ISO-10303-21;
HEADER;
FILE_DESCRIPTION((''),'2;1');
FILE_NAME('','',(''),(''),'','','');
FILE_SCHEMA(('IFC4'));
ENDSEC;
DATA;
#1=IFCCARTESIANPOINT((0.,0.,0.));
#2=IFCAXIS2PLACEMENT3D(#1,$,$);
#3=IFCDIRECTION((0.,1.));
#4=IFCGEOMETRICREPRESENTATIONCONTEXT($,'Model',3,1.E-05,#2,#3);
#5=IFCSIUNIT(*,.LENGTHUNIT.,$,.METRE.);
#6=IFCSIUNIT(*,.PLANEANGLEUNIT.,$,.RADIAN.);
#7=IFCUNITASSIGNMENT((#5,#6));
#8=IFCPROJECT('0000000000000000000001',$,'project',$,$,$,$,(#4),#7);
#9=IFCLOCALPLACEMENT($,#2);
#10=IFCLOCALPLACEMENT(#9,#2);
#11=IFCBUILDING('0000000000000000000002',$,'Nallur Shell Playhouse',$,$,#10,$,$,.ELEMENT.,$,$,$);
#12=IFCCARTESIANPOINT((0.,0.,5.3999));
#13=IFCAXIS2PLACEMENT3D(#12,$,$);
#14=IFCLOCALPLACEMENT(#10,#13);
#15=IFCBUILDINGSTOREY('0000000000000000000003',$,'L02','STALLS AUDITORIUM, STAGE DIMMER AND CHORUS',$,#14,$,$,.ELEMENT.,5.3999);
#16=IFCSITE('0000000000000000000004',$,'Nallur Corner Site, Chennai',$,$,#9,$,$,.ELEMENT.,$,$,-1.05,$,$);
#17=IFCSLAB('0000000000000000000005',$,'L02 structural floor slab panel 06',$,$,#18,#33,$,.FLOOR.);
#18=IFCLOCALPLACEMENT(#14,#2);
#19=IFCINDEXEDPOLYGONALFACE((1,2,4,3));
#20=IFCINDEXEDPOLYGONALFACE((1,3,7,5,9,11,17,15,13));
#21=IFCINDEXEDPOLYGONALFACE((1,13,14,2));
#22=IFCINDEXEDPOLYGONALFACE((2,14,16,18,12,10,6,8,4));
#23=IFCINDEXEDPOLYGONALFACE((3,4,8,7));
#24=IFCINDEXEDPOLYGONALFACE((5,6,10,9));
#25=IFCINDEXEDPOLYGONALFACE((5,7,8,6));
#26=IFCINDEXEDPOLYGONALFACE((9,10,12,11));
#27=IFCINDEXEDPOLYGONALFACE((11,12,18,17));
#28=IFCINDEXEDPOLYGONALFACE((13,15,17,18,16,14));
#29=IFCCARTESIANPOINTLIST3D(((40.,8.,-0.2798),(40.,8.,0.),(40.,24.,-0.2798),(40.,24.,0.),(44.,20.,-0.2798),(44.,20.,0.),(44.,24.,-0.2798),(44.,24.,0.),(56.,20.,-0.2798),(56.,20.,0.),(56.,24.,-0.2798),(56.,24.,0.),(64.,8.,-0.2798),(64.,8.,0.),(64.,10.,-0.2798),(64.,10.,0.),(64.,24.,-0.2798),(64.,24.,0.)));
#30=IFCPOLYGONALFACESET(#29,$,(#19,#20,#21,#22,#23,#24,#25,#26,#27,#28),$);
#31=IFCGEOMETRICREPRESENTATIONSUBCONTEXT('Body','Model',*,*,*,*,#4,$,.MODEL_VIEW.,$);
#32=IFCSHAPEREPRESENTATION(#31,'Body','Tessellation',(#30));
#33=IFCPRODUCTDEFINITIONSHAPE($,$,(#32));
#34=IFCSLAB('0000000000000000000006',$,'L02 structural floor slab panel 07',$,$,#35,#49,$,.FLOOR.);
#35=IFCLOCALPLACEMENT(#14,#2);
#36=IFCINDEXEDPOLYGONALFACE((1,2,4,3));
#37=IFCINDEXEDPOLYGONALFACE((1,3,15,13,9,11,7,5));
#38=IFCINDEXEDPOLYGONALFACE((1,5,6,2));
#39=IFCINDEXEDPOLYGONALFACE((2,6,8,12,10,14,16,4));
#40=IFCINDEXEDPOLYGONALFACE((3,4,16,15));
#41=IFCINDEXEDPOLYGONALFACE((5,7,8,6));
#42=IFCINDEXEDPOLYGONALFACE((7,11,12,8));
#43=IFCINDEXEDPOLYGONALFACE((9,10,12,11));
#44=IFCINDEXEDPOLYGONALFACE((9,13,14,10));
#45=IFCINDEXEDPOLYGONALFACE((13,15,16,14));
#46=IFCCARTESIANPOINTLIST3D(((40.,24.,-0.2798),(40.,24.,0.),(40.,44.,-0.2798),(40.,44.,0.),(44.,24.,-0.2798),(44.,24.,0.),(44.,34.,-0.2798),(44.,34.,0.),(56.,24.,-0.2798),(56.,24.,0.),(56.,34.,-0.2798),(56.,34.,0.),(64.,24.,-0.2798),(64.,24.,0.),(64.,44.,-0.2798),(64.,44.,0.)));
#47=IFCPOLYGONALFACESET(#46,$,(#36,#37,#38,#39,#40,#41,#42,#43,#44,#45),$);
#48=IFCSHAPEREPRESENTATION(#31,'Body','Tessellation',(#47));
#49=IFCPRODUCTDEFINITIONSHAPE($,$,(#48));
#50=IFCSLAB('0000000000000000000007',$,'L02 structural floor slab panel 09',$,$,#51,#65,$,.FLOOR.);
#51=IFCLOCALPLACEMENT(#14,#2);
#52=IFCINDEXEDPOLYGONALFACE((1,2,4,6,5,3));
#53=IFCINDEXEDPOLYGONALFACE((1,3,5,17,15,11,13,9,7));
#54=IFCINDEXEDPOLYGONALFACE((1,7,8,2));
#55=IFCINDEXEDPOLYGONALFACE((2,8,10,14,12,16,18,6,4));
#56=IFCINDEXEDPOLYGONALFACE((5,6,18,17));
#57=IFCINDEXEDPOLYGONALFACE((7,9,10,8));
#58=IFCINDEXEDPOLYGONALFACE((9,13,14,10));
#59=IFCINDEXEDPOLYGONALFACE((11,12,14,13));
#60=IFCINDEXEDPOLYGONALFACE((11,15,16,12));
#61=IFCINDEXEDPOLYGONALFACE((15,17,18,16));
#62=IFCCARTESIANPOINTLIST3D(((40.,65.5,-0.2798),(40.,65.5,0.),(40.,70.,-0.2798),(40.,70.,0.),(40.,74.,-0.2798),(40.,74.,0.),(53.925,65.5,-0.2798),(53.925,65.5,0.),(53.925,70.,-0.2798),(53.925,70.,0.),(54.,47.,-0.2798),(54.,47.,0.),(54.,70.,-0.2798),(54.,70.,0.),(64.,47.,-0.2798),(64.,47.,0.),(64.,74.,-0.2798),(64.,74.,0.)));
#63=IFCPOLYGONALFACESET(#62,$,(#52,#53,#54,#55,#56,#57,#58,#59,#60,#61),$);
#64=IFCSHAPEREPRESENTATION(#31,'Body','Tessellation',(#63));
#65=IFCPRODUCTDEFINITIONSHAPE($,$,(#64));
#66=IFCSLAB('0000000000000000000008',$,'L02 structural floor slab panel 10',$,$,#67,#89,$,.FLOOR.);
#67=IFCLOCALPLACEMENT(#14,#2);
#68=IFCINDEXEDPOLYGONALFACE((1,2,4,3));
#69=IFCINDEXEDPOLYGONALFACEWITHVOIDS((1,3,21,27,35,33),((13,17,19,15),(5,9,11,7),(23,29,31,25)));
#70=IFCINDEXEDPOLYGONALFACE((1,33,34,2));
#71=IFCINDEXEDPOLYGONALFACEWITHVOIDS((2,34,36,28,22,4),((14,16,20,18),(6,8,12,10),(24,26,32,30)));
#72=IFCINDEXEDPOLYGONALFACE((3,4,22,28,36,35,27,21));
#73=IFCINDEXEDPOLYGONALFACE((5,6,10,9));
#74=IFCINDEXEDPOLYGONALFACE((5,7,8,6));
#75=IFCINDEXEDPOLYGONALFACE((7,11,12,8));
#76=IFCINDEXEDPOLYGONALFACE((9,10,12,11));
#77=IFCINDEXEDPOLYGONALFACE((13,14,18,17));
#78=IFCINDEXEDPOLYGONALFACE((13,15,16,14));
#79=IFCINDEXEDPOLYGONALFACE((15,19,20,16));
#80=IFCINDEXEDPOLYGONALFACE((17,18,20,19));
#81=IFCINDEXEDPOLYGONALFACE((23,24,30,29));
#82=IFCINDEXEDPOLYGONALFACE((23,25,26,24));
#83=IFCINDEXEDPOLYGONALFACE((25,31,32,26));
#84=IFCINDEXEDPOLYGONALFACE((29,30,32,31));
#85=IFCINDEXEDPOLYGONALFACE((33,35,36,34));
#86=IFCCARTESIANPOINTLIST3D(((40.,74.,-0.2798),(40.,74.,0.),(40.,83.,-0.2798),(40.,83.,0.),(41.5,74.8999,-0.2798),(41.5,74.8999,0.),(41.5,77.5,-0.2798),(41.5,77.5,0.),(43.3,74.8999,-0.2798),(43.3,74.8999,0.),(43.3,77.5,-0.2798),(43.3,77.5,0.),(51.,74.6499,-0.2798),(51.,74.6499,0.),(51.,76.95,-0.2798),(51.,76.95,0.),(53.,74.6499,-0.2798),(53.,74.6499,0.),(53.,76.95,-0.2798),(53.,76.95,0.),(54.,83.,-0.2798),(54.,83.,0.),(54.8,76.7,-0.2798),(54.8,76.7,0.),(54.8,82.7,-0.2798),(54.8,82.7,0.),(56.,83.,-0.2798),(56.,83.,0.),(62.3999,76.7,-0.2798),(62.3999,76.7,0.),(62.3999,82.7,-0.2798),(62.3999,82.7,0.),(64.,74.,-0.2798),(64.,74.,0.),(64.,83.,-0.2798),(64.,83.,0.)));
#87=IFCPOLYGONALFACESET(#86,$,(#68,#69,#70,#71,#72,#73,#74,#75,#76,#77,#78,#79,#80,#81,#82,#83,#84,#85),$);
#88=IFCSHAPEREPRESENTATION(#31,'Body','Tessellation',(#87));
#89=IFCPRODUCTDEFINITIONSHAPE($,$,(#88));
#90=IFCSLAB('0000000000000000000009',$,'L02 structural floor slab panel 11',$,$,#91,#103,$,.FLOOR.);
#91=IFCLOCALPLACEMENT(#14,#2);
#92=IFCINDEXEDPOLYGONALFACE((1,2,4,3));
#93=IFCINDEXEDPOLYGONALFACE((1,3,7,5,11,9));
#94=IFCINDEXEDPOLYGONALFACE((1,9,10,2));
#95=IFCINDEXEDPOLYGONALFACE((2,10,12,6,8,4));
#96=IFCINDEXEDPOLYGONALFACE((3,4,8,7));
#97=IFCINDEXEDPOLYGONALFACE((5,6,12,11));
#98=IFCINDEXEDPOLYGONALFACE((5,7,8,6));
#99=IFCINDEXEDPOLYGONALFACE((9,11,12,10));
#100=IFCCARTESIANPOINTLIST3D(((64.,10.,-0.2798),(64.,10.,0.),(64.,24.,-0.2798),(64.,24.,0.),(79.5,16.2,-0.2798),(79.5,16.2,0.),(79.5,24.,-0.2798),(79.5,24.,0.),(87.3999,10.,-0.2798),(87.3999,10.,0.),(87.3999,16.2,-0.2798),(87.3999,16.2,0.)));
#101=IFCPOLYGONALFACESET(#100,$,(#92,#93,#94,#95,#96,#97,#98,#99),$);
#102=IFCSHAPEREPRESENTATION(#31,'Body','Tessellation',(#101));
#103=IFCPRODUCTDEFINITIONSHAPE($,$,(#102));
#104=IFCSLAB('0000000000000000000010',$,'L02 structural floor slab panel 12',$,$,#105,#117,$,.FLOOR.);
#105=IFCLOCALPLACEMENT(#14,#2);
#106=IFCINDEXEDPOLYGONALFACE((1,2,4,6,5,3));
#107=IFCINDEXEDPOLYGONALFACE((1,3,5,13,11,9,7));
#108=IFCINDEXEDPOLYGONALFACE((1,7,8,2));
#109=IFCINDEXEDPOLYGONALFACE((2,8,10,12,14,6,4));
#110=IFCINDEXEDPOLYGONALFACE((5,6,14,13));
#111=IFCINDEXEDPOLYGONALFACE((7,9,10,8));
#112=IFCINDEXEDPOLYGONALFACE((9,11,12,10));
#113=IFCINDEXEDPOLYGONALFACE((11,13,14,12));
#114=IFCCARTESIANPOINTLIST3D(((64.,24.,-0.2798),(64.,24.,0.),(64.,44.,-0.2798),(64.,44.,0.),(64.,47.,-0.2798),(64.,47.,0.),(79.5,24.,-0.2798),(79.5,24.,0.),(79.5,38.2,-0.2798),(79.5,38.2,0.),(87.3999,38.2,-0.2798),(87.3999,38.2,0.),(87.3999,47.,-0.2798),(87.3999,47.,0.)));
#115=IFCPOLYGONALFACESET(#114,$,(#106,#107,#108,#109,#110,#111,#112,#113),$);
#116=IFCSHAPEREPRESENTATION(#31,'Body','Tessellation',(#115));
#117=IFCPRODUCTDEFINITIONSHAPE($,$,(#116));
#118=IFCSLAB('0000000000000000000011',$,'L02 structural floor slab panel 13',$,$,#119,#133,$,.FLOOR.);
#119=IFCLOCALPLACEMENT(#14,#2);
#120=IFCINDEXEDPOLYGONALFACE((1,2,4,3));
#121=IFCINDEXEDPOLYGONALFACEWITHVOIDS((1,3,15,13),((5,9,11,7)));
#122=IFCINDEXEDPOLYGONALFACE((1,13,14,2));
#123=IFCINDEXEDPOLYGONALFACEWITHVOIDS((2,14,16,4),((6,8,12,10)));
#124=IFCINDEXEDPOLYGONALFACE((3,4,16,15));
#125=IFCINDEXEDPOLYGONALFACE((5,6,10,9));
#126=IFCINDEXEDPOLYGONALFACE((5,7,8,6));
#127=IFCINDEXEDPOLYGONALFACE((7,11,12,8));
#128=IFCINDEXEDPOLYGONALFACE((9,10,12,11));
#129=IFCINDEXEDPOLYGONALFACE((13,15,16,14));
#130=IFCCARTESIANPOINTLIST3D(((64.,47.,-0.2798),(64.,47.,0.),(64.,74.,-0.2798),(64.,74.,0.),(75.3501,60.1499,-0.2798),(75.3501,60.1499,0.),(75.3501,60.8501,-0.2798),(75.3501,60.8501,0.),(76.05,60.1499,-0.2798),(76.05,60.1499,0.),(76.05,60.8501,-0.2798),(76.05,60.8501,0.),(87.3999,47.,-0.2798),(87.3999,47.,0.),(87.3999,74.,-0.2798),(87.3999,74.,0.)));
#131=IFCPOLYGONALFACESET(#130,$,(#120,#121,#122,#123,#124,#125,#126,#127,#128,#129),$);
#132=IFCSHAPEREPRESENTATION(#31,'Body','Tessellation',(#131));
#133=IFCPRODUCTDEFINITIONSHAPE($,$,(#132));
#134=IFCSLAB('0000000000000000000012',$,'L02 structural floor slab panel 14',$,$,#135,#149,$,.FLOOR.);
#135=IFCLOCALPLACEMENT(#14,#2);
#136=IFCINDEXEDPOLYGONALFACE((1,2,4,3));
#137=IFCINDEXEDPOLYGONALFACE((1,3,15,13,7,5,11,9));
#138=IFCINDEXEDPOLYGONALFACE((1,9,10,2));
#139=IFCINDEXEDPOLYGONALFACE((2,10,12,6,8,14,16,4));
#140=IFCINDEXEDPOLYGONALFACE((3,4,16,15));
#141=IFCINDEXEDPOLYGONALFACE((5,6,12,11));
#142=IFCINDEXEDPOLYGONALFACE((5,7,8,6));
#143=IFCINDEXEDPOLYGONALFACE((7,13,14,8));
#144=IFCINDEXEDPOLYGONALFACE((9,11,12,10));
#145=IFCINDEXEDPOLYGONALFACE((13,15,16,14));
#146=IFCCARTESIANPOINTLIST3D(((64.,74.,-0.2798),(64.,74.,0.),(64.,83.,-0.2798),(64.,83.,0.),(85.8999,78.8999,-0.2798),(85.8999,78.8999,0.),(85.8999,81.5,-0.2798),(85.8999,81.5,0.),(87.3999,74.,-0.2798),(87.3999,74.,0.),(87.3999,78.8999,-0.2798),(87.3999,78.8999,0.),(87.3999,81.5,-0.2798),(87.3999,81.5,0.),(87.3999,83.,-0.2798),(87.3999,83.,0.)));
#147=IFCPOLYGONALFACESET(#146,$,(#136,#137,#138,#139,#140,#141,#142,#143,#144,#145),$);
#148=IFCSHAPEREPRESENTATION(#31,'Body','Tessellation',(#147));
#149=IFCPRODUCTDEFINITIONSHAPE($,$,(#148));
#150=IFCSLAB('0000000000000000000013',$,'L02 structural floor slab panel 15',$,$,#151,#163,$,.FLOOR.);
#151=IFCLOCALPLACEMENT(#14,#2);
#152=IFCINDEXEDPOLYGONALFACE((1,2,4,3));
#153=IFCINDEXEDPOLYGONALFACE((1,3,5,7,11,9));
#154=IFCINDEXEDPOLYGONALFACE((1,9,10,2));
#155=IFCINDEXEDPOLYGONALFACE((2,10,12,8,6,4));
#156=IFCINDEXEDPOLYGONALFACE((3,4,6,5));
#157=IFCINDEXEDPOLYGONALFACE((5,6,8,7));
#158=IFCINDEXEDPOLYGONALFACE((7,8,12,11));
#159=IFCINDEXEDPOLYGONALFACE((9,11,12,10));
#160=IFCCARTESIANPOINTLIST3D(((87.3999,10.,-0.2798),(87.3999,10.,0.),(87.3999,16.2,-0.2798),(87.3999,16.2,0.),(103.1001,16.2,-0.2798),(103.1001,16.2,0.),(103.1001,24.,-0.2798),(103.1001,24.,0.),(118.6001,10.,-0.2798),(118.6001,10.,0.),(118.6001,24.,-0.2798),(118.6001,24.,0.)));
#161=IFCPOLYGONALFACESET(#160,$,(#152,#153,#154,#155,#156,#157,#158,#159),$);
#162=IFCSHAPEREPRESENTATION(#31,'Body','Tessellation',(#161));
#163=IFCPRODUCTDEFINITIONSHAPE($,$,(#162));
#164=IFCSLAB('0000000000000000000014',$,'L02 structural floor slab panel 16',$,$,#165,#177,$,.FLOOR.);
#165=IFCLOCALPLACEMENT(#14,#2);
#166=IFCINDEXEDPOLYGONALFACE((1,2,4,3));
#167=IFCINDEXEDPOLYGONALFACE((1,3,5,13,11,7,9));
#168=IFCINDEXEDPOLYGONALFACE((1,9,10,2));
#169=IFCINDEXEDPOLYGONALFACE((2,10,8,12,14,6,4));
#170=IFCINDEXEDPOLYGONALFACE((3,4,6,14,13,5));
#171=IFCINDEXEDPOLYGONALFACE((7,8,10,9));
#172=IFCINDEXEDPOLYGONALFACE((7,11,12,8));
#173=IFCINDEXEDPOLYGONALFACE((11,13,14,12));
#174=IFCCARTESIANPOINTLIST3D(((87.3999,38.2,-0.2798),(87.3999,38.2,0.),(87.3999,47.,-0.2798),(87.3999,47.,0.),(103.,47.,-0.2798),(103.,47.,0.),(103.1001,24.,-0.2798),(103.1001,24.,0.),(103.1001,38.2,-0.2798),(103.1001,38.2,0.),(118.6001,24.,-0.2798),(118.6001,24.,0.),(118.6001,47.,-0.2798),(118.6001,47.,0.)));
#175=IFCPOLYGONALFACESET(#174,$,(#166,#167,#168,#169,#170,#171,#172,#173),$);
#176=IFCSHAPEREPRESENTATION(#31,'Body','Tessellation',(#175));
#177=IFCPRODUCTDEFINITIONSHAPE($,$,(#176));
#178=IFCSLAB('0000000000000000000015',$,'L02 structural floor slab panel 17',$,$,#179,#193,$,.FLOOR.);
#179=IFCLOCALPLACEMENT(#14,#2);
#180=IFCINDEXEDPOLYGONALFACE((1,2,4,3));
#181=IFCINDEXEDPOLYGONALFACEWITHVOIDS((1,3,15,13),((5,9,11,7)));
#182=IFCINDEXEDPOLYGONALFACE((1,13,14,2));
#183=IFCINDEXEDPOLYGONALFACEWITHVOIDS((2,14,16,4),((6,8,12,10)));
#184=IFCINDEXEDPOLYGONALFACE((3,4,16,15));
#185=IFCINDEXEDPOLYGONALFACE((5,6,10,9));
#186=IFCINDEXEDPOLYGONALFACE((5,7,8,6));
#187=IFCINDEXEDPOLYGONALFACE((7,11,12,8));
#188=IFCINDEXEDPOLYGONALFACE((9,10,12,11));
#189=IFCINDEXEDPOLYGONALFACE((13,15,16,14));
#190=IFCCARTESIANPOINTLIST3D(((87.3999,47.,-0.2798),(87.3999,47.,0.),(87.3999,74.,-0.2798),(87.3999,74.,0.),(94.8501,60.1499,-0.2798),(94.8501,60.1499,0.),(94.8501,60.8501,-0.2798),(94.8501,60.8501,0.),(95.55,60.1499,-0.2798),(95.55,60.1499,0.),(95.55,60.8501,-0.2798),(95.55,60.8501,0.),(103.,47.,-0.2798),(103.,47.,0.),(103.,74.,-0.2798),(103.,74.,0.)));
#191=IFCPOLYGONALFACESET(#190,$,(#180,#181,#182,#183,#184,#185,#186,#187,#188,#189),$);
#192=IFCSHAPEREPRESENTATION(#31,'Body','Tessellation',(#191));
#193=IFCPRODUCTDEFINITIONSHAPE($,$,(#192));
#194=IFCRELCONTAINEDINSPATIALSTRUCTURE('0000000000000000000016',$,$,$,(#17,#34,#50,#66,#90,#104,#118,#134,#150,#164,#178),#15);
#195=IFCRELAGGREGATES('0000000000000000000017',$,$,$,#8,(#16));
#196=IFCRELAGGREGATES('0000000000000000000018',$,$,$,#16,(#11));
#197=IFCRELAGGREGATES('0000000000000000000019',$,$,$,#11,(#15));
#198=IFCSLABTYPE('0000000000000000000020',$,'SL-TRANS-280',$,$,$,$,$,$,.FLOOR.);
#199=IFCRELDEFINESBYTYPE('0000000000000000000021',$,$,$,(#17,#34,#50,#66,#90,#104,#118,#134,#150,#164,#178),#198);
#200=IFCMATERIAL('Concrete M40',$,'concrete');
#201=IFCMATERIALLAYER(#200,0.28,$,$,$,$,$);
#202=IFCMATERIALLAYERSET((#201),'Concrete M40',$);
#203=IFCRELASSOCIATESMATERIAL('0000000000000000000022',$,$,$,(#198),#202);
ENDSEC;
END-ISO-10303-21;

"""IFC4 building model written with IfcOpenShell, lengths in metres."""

from ifc_helpers import new_model, si_unit, direction, frame, origin, place, context, subcontext, project, spatial, polyline, outline, extrude, material, layer, layer_set, type_object, element, save


model = new_model("IFC4")

# Units and contexts
model_context = context("Model", 3, precision=1e-05, world=origin(), true_north=direction((0.0, 1.0)))
body_context = subcontext(model_context, "Body", "Model", "MODEL_VIEW")
ifc_project = project(units=[si_unit("LENGTHUNIT", "METRE"), si_unit("PLANEANGLEUNIT", "RADIAN")], contexts=[model_context])

# Site, building, storey
site_placement = place(None, origin())
site = spatial("IfcSite", under=ifc_project, at=site_placement, Name="Nallur Corner Site, Chennai", CompositionType="ELEMENT", RefElevation=-1.05)
building_placement = place(site_placement, origin())
building = spatial("IfcBuilding", under=site, at=building_placement, Name="Nallur Shell Playhouse", CompositionType="ELEMENT")
storey_placement = place(building_placement, frame((0.0, 0.0, 5.3999)))
storey = spatial("IfcBuildingStorey", under=building, at=storey_placement, Name="L02", Description="STALLS AUDITORIUM, STAGE DIMMER AND CHORUS", CompositionType="ELEMENT", Elevation=5.3999)

# Slabs
ifc_material_1 = material(Name="Concrete M40", Category="concrete")
ifc_layer_1 = layer(ifc_material_1, 0.28)
ifc_layer_set_1 = layer_set([ifc_layer_1], Name="Concrete M40")
slab_type_1 = type_object("IfcSlabType", Name="SL-TRANS-280", PredefinedType="FLOOR", material=ifc_layer_set_1)
slab_1_placement = place(storey_placement, frame((0.0, 0.0, -0.2798)))
element("IfcSlab", 1, at=slab_1_placement, inside=storey, type_object=slab_type_1, Name="L02 structural floor slab panel 06", PredefinedType="FLOOR", context=body_context, shape_type="SweptSolid", body=[
    extrude(outline(polyline([(64.0, 8.0), (40.0, 8.0), (40.0, 24.0), (44.0, 24.0), (44.0, 20.0), (56.0, 20.0), (56.0, 24.0), (64.0, 24.0), (64.0, 10.0), (64.0, 8.0)])), origin(), (0.0, 0.0, 1.0), 0.2798),
])
slab_2_placement = place(storey_placement, frame((0.0, 0.0, -0.2798)))
element("IfcSlab", 2, at=slab_2_placement, inside=storey, type_object=slab_type_1, Name="L02 structural floor slab panel 07", PredefinedType="FLOOR", context=body_context, shape_type="SweptSolid", body=[
    extrude(outline(polyline([(64.0, 44.0), (64.0, 24.0), (56.0, 24.0), (56.0, 34.0), (44.0, 34.0), (44.0, 24.0), (40.0, 24.0), (40.0, 44.0), (64.0, 44.0)])), origin(), (0.0, 0.0, 1.0), 0.2798),
])
slab_3_placement = place(storey_placement, frame((0.0, 0.0, -0.2798)))
element("IfcSlab", 3, at=slab_3_placement, inside=storey, type_object=slab_type_1, Name="L02 structural floor slab panel 09", PredefinedType="FLOOR", context=body_context, shape_type="SweptSolid", body=[
    extrude(outline(polyline([(54.0, 47.0), (54.0, 70.0), (53.925, 70.0), (53.925, 65.5), (40.0, 65.5), (40.0, 70.0), (40.0, 74.0), (64.0, 74.0), (64.0, 47.0), (54.0, 47.0)])), origin(), (0.0, 0.0, 1.0), 0.2798),
])
slab_4_placement = place(storey_placement, frame((0.0, 0.0, -0.2798)))
element("IfcSlab", 4, at=slab_4_placement, inside=storey, type_object=slab_type_1, Name="L02 structural floor slab panel 10", PredefinedType="FLOOR", context=body_context, shape_type="SweptSolid", body=[
    extrude(outline(polyline([(54.0, 83.0), (56.0, 83.0), (64.0, 83.0), (64.0, 74.0), (40.0, 74.0), (40.0, 83.0), (54.0, 83.0)]), holes=[polyline([(51.0, 76.95), (51.0, 74.6499), (53.0, 74.6499), (53.0, 76.95), (51.0, 76.95)]), polyline([(41.5, 77.5), (41.5, 74.8999), (43.3, 74.8999), (43.3, 77.5), (41.5, 77.5)]), polyline([(62.3999, 76.7), (62.3999, 82.7), (54.8, 82.7), (54.8, 76.7), (62.3999, 76.7)])]), origin(), (0.0, 0.0, 1.0), 0.2798),
])
slab_5_placement = place(storey_placement, frame((0.0, 0.0, -0.2798)))
element("IfcSlab", 5, at=slab_5_placement, inside=storey, type_object=slab_type_1, Name="L02 structural floor slab panel 11", PredefinedType="FLOOR", context=body_context, shape_type="SweptSolid", body=[
    extrude(outline(polyline([(64.0, 10.0), (64.0, 24.0), (79.5, 24.0), (79.5, 16.2), (87.3999, 16.2), (87.3999, 10.0), (64.0, 10.0)])), origin(), (0.0, 0.0, 1.0), 0.2798),
])
slab_6_placement = place(storey_placement, frame((0.0, 0.0, -0.2798)))
element("IfcSlab", 6, at=slab_6_placement, inside=storey, type_object=slab_type_1, Name="L02 structural floor slab panel 12", PredefinedType="FLOOR", context=body_context, shape_type="SweptSolid", body=[
    extrude(outline(polyline([(64.0, 47.0), (87.3999, 47.0), (87.3999, 38.2), (79.5, 38.2), (79.5, 24.0), (64.0, 24.0), (64.0, 44.0), (64.0, 47.0)])), origin(), (0.0, 0.0, 1.0), 0.2798),
])
slab_7_placement = place(storey_placement, frame((0.0, 0.0, -0.2798)))
element("IfcSlab", 7, at=slab_7_placement, inside=storey, type_object=slab_type_1, Name="L02 structural floor slab panel 13", PredefinedType="FLOOR", context=body_context, shape_type="SweptSolid", body=[
    extrude(outline(polyline([(64.0, 74.0), (87.3999, 74.0), (87.3999, 47.0), (64.0, 47.0), (64.0, 74.0)]), holes=[polyline([(75.3501, 60.1499), (76.05, 60.1499), (76.05, 60.8501), (75.3501, 60.8501), (75.3501, 60.1499)])]), origin(), (0.0, 0.0, 1.0), 0.2798),
])
slab_8_placement = place(storey_placement, frame((0.0, 0.0, -0.2798)))
element("IfcSlab", 8, at=slab_8_placement, inside=storey, type_object=slab_type_1, Name="L02 structural floor slab panel 14", PredefinedType="FLOOR", context=body_context, shape_type="SweptSolid", body=[
    extrude(outline(polyline([(87.3999, 83.0), (87.3999, 81.5), (85.8999, 81.5), (85.8999, 78.8999), (87.3999, 78.8999), (87.3999, 74.0), (64.0, 74.0), (64.0, 83.0), (87.3999, 83.0)])), origin(), (0.0, 0.0, 1.0), 0.2798),
])
slab_9_placement = place(storey_placement, frame((0.0, 0.0, -0.2798)))
element("IfcSlab", 9, at=slab_9_placement, inside=storey, type_object=slab_type_1, Name="L02 structural floor slab panel 15", PredefinedType="FLOOR", context=body_context, shape_type="SweptSolid", body=[
    extrude(outline(polyline([(118.6001, 10.0), (87.3999, 10.0), (87.3999, 16.2), (103.1001, 16.2), (103.1001, 24.0), (118.6001, 24.0), (118.6001, 10.0)])), origin(), (0.0, 0.0, 1.0), 0.2798),
])
slab_10_placement = place(storey_placement, frame((0.0, 0.0, -0.2798)))
element("IfcSlab", 10, at=slab_10_placement, inside=storey, type_object=slab_type_1, Name="L02 structural floor slab panel 16", PredefinedType="FLOOR", context=body_context, shape_type="SweptSolid", body=[
    extrude(outline(polyline([(118.6001, 47.0), (118.6001, 24.0), (103.1001, 24.0), (103.1001, 38.2), (87.3999, 38.2), (87.3999, 47.0), (103.0, 47.0), (118.6001, 47.0)])), origin(), (0.0, 0.0, 1.0), 0.2798),
])
slab_11_placement = place(storey_placement, frame((0.0, 0.0, -0.2798)))
element("IfcSlab", 11, at=slab_11_placement, inside=storey, type_object=slab_type_1, Name="L02 structural floor slab panel 17", PredefinedType="FLOOR", context=body_context, shape_type="SweptSolid", body=[
    extrude(outline(polyline([(103.0, 47.0), (87.3999, 47.0), (87.3999, 74.0), (103.0, 74.0), (103.0, 47.0)]), holes=[polyline([(94.8501, 60.1499), (95.55, 60.1499), (95.55, 60.8501), (94.8501, 60.8501), (94.8501, 60.1499)])]), origin(), (0.0, 0.0, 1.0), 0.2798),
])

save(model, "model.ifc")
